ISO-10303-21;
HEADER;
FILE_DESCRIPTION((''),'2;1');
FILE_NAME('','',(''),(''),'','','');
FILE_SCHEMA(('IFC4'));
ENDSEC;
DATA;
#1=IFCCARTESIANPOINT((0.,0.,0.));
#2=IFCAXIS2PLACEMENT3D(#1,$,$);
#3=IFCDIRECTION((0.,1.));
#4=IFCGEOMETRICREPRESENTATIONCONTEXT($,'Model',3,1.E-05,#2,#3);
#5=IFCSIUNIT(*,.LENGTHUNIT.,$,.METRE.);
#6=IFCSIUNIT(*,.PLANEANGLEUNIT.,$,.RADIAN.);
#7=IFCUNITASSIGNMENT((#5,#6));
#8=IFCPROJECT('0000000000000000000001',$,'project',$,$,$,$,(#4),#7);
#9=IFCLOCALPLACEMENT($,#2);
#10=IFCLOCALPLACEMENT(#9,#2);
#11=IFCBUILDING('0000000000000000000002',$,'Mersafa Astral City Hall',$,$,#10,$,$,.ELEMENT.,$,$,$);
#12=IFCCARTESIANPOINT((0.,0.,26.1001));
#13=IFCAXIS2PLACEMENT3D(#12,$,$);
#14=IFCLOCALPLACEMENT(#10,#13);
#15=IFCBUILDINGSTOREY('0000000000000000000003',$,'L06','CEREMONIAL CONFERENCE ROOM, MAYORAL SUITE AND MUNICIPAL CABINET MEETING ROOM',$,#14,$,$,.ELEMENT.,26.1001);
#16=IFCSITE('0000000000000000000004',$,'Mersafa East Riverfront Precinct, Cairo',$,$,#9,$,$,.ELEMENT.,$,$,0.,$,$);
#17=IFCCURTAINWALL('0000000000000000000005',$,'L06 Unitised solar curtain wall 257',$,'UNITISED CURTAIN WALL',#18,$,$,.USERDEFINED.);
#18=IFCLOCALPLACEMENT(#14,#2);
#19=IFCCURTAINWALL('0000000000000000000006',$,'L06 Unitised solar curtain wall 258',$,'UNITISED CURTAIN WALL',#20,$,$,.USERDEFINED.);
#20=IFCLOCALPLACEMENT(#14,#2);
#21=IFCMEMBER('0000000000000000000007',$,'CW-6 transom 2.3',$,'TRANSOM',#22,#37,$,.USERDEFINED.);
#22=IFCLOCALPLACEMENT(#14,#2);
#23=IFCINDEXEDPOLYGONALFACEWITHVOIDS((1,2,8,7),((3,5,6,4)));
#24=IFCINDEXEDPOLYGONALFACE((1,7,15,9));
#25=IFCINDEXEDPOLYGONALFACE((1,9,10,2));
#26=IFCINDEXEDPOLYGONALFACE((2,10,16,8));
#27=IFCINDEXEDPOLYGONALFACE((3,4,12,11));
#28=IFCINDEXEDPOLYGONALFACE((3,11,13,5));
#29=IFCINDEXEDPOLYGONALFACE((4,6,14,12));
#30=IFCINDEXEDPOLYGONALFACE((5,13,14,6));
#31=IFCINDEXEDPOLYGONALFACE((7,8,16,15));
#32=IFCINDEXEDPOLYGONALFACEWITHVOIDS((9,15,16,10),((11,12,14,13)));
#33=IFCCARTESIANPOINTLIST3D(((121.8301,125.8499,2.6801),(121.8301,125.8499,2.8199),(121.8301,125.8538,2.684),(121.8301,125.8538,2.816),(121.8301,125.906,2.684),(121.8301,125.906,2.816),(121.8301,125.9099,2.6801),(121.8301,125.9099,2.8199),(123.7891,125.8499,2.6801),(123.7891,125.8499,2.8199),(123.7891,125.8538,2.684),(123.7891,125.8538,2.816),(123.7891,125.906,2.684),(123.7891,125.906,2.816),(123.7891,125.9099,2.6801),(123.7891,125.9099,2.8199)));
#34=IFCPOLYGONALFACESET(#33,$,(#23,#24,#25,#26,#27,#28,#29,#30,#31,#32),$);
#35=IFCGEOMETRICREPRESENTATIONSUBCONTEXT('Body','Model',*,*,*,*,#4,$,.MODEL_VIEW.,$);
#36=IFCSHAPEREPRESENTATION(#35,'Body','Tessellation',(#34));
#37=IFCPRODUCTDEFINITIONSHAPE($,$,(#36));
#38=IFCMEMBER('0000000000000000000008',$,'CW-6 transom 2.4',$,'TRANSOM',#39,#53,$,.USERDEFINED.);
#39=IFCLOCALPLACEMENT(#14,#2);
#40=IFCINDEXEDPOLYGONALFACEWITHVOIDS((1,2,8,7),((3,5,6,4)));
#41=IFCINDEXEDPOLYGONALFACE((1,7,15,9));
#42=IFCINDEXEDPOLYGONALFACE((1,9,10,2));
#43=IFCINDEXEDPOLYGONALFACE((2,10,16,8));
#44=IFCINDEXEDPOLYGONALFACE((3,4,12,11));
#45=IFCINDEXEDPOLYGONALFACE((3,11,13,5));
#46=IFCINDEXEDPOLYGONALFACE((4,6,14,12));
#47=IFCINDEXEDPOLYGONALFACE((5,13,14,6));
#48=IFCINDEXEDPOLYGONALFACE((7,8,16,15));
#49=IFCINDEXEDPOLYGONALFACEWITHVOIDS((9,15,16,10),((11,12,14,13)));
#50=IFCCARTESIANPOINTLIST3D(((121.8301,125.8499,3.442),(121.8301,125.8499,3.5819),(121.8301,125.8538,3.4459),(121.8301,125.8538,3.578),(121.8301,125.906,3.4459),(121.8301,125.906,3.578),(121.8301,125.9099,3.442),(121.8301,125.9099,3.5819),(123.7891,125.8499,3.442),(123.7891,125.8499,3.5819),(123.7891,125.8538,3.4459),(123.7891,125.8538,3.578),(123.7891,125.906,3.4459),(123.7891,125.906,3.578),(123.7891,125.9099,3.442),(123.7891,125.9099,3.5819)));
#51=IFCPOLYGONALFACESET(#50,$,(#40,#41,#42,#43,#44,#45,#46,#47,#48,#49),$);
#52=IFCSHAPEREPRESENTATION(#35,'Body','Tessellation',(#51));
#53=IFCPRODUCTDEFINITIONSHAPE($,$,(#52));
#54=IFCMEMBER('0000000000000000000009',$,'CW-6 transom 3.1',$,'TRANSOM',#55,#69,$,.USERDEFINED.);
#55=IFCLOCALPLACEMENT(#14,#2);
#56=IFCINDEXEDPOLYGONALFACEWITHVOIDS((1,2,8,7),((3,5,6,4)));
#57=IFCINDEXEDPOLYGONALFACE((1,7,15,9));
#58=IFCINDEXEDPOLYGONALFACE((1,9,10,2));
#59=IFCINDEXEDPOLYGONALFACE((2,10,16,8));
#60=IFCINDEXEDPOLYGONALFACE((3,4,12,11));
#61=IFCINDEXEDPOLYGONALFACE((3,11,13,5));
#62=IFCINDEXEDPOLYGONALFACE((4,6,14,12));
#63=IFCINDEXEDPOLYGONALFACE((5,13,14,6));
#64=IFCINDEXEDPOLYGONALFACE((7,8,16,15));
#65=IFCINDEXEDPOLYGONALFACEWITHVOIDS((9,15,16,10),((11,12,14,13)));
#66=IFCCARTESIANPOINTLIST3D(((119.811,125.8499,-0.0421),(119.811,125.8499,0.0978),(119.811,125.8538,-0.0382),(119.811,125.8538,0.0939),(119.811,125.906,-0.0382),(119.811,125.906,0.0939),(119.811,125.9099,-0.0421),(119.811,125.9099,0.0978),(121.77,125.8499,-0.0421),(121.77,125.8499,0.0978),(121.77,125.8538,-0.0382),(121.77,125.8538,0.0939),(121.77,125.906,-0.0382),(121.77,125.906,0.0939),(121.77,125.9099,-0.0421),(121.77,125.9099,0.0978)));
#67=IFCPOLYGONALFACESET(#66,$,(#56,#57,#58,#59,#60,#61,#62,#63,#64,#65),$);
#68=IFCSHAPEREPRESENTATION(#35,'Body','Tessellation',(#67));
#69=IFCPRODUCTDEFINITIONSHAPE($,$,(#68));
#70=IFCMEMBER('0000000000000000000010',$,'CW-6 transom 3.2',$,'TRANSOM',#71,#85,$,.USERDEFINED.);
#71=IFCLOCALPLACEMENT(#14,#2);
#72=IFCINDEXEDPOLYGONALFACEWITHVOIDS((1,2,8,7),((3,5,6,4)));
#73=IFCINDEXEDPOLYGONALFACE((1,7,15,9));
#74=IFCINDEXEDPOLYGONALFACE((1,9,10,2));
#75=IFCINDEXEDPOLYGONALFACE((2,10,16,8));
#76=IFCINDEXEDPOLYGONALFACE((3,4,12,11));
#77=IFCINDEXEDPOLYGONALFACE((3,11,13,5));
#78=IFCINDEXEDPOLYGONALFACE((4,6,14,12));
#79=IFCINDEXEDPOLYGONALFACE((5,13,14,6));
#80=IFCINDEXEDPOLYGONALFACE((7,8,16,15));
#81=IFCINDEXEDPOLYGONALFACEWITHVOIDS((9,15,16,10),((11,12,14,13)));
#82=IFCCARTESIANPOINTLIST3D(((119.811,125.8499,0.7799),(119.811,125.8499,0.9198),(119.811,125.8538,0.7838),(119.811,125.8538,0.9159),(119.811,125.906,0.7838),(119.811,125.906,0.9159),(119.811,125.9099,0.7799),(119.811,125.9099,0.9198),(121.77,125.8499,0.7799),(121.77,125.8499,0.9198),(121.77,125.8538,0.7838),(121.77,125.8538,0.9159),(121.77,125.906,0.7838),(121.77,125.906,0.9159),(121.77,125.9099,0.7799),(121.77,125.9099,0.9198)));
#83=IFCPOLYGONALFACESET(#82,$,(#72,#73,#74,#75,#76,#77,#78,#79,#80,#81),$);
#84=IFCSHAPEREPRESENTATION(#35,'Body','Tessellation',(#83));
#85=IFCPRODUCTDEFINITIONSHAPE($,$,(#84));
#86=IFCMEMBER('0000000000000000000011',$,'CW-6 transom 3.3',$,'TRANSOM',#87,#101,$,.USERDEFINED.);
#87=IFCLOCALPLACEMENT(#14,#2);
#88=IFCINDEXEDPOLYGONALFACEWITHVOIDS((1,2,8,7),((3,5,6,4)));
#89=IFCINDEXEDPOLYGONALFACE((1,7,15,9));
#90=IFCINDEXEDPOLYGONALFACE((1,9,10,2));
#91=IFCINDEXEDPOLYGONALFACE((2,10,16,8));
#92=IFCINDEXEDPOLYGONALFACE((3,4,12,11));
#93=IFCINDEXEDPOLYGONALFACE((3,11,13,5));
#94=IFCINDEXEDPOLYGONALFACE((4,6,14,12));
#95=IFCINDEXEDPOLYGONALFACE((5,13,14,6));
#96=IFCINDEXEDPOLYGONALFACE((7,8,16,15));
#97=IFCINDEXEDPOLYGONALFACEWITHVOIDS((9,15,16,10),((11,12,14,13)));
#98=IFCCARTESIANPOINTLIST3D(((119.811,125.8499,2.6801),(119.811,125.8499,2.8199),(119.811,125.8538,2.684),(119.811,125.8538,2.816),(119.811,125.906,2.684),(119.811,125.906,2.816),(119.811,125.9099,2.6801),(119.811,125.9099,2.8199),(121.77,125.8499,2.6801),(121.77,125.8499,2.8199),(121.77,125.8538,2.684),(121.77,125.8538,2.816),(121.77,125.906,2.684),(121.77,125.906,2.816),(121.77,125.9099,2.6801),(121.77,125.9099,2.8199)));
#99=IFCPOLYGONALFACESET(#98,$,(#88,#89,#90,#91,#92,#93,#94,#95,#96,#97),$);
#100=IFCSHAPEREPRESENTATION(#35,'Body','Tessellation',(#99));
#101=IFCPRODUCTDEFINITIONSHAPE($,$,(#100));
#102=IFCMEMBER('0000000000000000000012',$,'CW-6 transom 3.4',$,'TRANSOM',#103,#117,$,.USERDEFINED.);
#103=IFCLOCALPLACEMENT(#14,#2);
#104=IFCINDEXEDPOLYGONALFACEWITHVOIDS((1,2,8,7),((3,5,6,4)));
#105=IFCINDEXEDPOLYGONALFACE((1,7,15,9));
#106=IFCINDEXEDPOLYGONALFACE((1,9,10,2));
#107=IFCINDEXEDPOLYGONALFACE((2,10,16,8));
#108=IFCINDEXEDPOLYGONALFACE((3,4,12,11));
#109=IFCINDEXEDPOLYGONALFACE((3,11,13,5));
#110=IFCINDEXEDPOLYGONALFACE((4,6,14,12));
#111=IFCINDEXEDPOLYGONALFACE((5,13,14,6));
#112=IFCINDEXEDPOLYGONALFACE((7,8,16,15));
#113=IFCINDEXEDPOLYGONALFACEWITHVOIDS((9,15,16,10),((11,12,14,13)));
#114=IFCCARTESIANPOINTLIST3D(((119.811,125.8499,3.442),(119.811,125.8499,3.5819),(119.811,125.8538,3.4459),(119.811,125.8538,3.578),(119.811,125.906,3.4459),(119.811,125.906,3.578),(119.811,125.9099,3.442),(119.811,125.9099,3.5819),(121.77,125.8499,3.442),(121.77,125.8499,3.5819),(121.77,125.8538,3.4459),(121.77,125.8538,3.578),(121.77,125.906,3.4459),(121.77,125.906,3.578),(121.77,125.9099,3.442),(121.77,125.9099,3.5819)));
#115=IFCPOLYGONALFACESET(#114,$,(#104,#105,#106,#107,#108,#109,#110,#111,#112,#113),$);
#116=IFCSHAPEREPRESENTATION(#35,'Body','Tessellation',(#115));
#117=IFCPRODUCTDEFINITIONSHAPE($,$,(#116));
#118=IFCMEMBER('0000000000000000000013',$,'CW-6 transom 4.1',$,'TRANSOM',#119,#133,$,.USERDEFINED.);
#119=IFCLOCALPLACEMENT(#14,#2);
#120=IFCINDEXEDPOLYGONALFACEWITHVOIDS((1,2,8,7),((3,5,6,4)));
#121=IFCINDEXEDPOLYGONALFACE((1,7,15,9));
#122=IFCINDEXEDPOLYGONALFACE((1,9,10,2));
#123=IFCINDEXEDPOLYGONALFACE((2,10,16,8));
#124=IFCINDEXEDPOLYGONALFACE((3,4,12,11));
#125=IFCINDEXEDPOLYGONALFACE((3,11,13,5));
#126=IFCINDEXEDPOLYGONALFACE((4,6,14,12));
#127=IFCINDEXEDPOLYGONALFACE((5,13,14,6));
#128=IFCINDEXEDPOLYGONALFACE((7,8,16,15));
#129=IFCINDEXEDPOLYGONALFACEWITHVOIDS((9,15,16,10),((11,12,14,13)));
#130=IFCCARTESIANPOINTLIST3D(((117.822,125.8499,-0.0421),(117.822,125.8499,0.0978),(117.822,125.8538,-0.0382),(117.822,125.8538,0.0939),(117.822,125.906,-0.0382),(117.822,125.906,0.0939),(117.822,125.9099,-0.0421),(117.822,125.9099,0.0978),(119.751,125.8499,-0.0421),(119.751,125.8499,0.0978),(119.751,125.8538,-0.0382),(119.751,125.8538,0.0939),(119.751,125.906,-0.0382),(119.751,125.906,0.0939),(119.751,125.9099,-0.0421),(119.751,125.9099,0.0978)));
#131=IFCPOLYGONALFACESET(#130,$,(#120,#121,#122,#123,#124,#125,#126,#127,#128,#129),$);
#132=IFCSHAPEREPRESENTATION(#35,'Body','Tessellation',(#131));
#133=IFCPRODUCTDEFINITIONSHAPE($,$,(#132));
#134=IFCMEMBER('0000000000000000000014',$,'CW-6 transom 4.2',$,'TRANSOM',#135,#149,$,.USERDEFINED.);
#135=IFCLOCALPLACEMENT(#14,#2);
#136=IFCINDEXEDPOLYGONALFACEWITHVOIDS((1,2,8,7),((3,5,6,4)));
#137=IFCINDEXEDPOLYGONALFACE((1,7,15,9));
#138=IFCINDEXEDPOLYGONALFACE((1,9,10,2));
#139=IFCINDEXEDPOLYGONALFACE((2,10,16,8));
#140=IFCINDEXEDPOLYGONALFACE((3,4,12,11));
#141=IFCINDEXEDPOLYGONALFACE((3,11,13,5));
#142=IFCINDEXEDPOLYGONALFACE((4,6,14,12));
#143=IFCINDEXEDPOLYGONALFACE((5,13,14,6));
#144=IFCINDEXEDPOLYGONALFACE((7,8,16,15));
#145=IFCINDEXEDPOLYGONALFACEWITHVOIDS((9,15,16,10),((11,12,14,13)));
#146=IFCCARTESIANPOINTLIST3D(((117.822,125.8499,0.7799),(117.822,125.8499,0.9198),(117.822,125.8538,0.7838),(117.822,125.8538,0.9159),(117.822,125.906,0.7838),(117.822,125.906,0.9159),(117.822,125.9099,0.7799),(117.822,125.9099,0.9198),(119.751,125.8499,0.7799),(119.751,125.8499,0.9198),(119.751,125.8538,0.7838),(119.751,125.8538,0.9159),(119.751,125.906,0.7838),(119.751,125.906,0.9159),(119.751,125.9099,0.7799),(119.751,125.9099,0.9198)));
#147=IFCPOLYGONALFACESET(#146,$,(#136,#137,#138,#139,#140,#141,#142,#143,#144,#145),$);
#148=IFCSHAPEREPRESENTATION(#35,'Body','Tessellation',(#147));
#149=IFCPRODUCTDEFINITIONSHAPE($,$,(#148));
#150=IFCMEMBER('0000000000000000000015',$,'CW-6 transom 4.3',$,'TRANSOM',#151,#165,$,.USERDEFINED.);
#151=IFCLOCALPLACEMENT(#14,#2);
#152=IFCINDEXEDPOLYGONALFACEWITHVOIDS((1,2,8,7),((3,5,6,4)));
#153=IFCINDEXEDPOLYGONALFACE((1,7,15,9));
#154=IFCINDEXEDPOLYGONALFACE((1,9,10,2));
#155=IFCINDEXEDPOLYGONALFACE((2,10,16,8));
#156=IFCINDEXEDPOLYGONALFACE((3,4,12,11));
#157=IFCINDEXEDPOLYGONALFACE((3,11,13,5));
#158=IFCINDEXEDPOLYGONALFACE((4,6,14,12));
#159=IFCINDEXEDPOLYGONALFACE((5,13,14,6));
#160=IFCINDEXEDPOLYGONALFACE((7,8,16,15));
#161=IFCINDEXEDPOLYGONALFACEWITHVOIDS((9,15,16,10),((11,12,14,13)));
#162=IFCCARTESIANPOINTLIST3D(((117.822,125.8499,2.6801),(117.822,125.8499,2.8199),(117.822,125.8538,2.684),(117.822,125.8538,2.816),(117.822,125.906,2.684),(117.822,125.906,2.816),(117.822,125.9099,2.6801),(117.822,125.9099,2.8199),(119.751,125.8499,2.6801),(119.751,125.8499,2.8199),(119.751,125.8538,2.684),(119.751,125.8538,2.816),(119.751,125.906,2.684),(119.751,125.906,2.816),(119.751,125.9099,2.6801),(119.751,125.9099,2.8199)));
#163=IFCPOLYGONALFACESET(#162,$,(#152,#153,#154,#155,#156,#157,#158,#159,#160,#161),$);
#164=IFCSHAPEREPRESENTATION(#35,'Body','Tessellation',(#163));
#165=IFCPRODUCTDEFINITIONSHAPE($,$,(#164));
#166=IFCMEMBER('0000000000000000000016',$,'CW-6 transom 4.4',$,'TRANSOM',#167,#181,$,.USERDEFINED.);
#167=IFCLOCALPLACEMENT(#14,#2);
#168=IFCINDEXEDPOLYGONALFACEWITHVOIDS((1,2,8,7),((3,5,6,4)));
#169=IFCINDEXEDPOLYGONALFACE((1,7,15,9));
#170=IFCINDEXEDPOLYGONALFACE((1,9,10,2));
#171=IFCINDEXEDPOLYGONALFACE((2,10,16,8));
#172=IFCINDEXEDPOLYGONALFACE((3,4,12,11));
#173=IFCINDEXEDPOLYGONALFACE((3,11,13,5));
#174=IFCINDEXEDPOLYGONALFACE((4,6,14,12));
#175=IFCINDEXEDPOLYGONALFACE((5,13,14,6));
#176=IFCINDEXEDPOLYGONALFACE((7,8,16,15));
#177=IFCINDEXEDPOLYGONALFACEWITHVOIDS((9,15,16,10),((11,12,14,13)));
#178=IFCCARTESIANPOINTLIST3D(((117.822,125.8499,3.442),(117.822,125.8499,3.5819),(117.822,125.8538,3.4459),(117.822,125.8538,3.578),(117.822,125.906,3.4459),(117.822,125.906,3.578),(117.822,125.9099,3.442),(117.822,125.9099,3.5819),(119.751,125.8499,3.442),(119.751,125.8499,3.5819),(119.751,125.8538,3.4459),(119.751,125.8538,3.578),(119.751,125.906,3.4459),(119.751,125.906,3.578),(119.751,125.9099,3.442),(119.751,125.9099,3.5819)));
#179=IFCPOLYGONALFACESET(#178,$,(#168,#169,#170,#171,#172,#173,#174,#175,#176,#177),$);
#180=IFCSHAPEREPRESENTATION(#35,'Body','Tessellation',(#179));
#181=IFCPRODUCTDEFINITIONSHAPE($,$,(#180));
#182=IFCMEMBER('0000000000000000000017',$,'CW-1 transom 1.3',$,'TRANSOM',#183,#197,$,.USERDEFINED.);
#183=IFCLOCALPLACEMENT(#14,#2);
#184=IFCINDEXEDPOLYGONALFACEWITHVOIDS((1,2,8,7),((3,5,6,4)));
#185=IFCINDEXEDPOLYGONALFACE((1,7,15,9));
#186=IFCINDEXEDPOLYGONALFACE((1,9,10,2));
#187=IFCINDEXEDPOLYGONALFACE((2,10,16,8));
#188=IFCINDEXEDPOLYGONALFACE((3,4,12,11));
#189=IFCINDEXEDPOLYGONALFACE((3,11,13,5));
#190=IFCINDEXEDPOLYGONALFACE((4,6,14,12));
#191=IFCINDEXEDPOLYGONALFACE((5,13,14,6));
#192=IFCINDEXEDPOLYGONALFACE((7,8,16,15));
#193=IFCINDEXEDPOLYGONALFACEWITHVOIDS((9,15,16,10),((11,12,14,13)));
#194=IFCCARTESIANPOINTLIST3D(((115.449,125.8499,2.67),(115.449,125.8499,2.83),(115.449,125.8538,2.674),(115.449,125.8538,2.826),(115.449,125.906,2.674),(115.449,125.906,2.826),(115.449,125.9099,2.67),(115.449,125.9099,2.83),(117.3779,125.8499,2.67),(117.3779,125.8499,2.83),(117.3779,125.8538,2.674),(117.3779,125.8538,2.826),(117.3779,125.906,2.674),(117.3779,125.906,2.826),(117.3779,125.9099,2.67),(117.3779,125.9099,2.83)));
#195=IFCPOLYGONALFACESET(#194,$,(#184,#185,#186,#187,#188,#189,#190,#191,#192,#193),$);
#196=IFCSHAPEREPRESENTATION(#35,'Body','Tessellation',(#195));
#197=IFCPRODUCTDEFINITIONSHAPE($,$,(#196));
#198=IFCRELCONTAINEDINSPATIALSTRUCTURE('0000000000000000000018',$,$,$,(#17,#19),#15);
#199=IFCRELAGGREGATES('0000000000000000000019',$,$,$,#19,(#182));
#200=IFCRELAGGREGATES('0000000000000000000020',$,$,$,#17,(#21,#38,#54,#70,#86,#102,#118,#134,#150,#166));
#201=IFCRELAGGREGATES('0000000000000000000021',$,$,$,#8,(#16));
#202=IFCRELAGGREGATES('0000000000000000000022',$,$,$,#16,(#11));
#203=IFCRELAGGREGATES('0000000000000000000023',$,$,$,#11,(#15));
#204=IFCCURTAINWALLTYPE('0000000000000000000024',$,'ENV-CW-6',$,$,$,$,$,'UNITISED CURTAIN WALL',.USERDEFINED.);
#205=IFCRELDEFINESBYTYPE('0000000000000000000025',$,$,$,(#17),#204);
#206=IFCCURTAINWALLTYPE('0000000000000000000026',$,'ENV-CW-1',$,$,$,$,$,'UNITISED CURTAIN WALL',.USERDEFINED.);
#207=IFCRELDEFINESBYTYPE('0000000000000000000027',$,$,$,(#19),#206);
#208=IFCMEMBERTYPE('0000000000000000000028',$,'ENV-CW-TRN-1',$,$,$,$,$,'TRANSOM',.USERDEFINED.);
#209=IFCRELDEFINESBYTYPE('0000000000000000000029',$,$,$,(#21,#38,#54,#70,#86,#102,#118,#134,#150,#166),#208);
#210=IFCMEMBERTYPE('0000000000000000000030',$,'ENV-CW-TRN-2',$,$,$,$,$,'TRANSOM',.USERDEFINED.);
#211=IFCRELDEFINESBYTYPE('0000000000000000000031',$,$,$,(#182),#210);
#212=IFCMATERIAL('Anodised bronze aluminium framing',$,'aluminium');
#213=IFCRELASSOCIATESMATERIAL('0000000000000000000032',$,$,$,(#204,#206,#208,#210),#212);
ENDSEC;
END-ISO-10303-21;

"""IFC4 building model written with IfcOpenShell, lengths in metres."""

from ifc_helpers import new_model, si_unit, direction, frame, origin, origin_2d, place, context, subcontext, project, spatial, hollow_rectangle, extrude, material, material_profile, profile_set, type_object, element, aggregate, save


model = new_model("IFC4")

# Units and contexts
model_context = context("Model", 3, precision=1e-05, world=origin(), true_north=direction((0.0, 1.0)))
body_context = subcontext(model_context, "Body", "Model", "MODEL_VIEW")
ifc_project = project(units=[si_unit("LENGTHUNIT", "METRE"), si_unit("PLANEANGLEUNIT", "RADIAN")], contexts=[model_context])

# Site, building, storey
site_placement = place(None, origin())
site = spatial("IfcSite", under=ifc_project, at=site_placement, Name="Mersafa East Riverfront Precinct, Cairo", CompositionType="ELEMENT", RefElevation=0.0)
building_placement = place(site_placement, origin())
building = spatial("IfcBuilding", under=site, at=building_placement, Name="Mersafa Astral City Hall", CompositionType="ELEMENT")
storey_placement = place(building_placement, frame((0.0, 0.0, 26.1001)))
storey = spatial("IfcBuildingStorey", under=building, at=storey_placement, Name="L06", Description="CEREMONIAL CONFERENCE ROOM, MAYORAL SUITE AND MUNICIPAL CABINET MEETING ROOM", CompositionType="ELEMENT", Elevation=26.1001)

# Curtain wall
ifc_material_1 = material(Name="Anodised bronze aluminium framing", Category="aluminium")
curtain_wall_type_1 = type_object("IfcCurtainWallType", Name="ENV-CW-6", ElementType="UNITISED CURTAIN WALL", PredefinedType="USERDEFINED", material=ifc_material_1)
curtain_wall_1_placement = place(storey_placement, origin())
curtain_wall_1 = element("IfcCurtainWall", 1, at=curtain_wall_1_placement, inside=storey, type_object=curtain_wall_type_1, Name="L06 Unitised solar curtain wall 257", ObjectType="UNITISED CURTAIN WALL", PredefinedType="USERDEFINED")

# Curtain wall
curtain_wall_type_2 = type_object("IfcCurtainWallType", Name="ENV-CW-1", ElementType="UNITISED CURTAIN WALL", PredefinedType="USERDEFINED", material=ifc_material_1)
curtain_wall_2_placement = place(storey_placement, origin())
curtain_wall_2 = element("IfcCurtainWall", 2, at=curtain_wall_2_placement, inside=storey, type_object=curtain_wall_type_2, Name="L06 Unitised solar curtain wall 258", ObjectType="UNITISED CURTAIN WALL", PredefinedType="USERDEFINED")

# Members
ifc_material_profile_1 = material_profile(ifc_material_1, hollow_rectangle(XDim=0.0601, YDim=0.1399, WallThickness=0.0039, at=origin_2d()), Name="RHS 60x140x4")
ifc_profile_set_1 = profile_set([ifc_material_profile_1], Name="Anodised bronze aluminium framing")
member_type_1 = type_object("IfcMemberType", Name="ENV-CW-TRN-1", ElementType="TRANSOM", PredefinedType="USERDEFINED", material=ifc_profile_set_1)
member_1_placement = place(storey_placement, frame((123.7891, 125.8799, 2.75), z_axis=(-1.0, 0.0, 0.0), x_axis=(0.0, -1.0, 0.0)))
member_1 = element("IfcMember", 3, at=member_1_placement, type_object=member_type_1, Name="CW-6 transom 2.3", ObjectType="TRANSOM", PredefinedType="USERDEFINED", context=body_context, shape_type="SweptSolid", body=[
    extrude(hollow_rectangle(XDim=0.0601, YDim=0.1399, WallThickness=0.0039, at=origin_2d()), origin(), (0.0, 0.0, 1.0), 1.959),
])
member_2_placement = place(storey_placement, frame((123.7891, 125.8799, 3.512), z_axis=(-1.0, 0.0, 0.0), x_axis=(0.0, -1.0, 0.0)))
member_2 = element("IfcMember", 4, at=member_2_placement, type_object=member_type_1, Name="CW-6 transom 2.4", ObjectType="TRANSOM", PredefinedType="USERDEFINED", context=body_context, shape_type="SweptSolid", body=[
    extrude(hollow_rectangle(XDim=0.0601, YDim=0.1399, WallThickness=0.0039, at=origin_2d()), origin(), (0.0, 0.0, 1.0), 1.959),
])
member_3_placement = place(storey_placement, frame((121.77, 125.8799, 0.0278), z_axis=(-1.0, 0.0, 0.0), x_axis=(0.0, -1.0, 0.0)))
member_3 = element("IfcMember", 5, at=member_3_placement, type_object=member_type_1, Name="CW-6 transom 3.1", ObjectType="TRANSOM", PredefinedType="USERDEFINED", context=body_context, shape_type="SweptSolid", body=[
    extrude(hollow_rectangle(XDim=0.0601, YDim=0.1399, WallThickness=0.0039, at=origin_2d()), origin(), (0.0, 0.0, 1.0), 1.959),
])
member_4_placement = place(storey_placement, frame((121.77, 125.8799, 0.8499), z_axis=(-1.0, 0.0, 0.0), x_axis=(0.0, -1.0, 0.0)))
member_4 = element("IfcMember", 6, at=member_4_placement, type_object=member_type_1, Name="CW-6 transom 3.2", ObjectType="TRANSOM", PredefinedType="USERDEFINED", context=body_context, shape_type="SweptSolid", body=[
    extrude(hollow_rectangle(XDim=0.0601, YDim=0.1399, WallThickness=0.0039, at=origin_2d()), origin(), (0.0, 0.0, 1.0), 1.959),
])
member_5_placement = place(storey_placement, frame((121.77, 125.8799, 2.75), z_axis=(-1.0, 0.0, 0.0), x_axis=(0.0, -1.0, 0.0)))
member_5 = element("IfcMember", 7, at=member_5_placement, type_object=member_type_1, Name="CW-6 transom 3.3", ObjectType="TRANSOM", PredefinedType="USERDEFINED", context=body_context, shape_type="SweptSolid", body=[
    extrude(hollow_rectangle(XDim=0.0601, YDim=0.1399, WallThickness=0.0039, at=origin_2d()), origin(), (0.0, 0.0, 1.0), 1.959),
])
member_6_placement = place(storey_placement, frame((121.77, 125.8799, 3.512), z_axis=(-1.0, 0.0, 0.0), x_axis=(0.0, -1.0, 0.0)))
member_6 = element("IfcMember", 8, at=member_6_placement, type_object=member_type_1, Name="CW-6 transom 3.4", ObjectType="TRANSOM", PredefinedType="USERDEFINED", context=body_context, shape_type="SweptSolid", body=[
    extrude(hollow_rectangle(XDim=0.0601, YDim=0.1399, WallThickness=0.0039, at=origin_2d()), origin(), (0.0, 0.0, 1.0), 1.959),
])
member_7_placement = place(storey_placement, frame((119.751, 125.8799, 0.0278), z_axis=(-1.0, 0.0, 0.0), x_axis=(0.0, -1.0, 0.0)))
member_7 = element("IfcMember", 9, at=member_7_placement, type_object=member_type_1, Name="CW-6 transom 4.1", ObjectType="TRANSOM", PredefinedType="USERDEFINED", context=body_context, shape_type="SweptSolid", body=[
    extrude(hollow_rectangle(XDim=0.0601, YDim=0.1399, WallThickness=0.0039, at=origin_2d()), origin(), (0.0, 0.0, 1.0), 1.929),
])
member_8_placement = place(storey_placement, frame((119.751, 125.8799, 0.8499), z_axis=(-1.0, 0.0, 0.0), x_axis=(0.0, -1.0, 0.0)))
member_8 = element("IfcMember", 10, at=member_8_placement, type_object=member_type_1, Name="CW-6 transom 4.2", ObjectType="TRANSOM", PredefinedType="USERDEFINED", context=body_context, shape_type="SweptSolid", body=[
    extrude(hollow_rectangle(XDim=0.0601, YDim=0.1399, WallThickness=0.0039, at=origin_2d()), origin(), (0.0, 0.0, 1.0), 1.929),
])
member_9_placement = place(storey_placement, frame((119.751, 125.8799, 2.75), z_axis=(-1.0, 0.0, 0.0), x_axis=(0.0, -1.0, 0.0)))
member_9 = element("IfcMember", 11, at=member_9_placement, type_object=member_type_1, Name="CW-6 transom 4.3", ObjectType="TRANSOM", PredefinedType="USERDEFINED", context=body_context, shape_type="SweptSolid", body=[
    extrude(hollow_rectangle(XDim=0.0601, YDim=0.1399, WallThickness=0.0039, at=origin_2d()), origin(), (0.0, 0.0, 1.0), 1.929),
])
member_10_placement = place(storey_placement, frame((119.751, 125.8799, 3.512), z_axis=(-1.0, 0.0, 0.0), x_axis=(0.0, -1.0, 0.0)))
member_10 = element("IfcMember", 12, at=member_10_placement, type_object=member_type_1, Name="CW-6 transom 4.4", ObjectType="TRANSOM", PredefinedType="USERDEFINED", context=body_context, shape_type="SweptSolid", body=[
    extrude(hollow_rectangle(XDim=0.0601, YDim=0.1399, WallThickness=0.0039, at=origin_2d()), origin(), (0.0, 0.0, 1.0), 1.929),
])
ifc_material_profile_2 = material_profile(ifc_material_1, hollow_rectangle(XDim=0.0601, YDim=0.1599, WallThickness=0.0039, at=origin_2d()), Name="RHS 60x160x4")
ifc_profile_set_2 = profile_set([ifc_material_profile_2], Name="Anodised bronze aluminium framing")
member_type_2 = type_object("IfcMemberType", Name="ENV-CW-TRN-2", ElementType="TRANSOM", PredefinedType="USERDEFINED", material=ifc_profile_set_2)
member_11_placement = place(storey_placement, frame((117.3779, 125.8799, 2.75), z_axis=(-1.0, 0.0, 0.0), x_axis=(0.0, -1.0, 0.0)))
member_11 = element("IfcMember", 13, at=member_11_placement, type_object=member_type_2, Name="CW-1 transom 1.3", ObjectType="TRANSOM", PredefinedType="USERDEFINED", context=body_context, shape_type="SweptSolid", body=[
    extrude(hollow_rectangle(XDim=0.0601, YDim=0.1599, WallThickness=0.0039, at=origin_2d()), origin(), (0.0, 0.0, 1.0), 1.929),
])
aggregate(curtain_wall_2, [member_11])

aggregate(curtain_wall_1, [member_1, member_2, member_3, member_4, member_5, member_6, member_7, member_8, member_9, member_10])

save(model, "model.ifc")
